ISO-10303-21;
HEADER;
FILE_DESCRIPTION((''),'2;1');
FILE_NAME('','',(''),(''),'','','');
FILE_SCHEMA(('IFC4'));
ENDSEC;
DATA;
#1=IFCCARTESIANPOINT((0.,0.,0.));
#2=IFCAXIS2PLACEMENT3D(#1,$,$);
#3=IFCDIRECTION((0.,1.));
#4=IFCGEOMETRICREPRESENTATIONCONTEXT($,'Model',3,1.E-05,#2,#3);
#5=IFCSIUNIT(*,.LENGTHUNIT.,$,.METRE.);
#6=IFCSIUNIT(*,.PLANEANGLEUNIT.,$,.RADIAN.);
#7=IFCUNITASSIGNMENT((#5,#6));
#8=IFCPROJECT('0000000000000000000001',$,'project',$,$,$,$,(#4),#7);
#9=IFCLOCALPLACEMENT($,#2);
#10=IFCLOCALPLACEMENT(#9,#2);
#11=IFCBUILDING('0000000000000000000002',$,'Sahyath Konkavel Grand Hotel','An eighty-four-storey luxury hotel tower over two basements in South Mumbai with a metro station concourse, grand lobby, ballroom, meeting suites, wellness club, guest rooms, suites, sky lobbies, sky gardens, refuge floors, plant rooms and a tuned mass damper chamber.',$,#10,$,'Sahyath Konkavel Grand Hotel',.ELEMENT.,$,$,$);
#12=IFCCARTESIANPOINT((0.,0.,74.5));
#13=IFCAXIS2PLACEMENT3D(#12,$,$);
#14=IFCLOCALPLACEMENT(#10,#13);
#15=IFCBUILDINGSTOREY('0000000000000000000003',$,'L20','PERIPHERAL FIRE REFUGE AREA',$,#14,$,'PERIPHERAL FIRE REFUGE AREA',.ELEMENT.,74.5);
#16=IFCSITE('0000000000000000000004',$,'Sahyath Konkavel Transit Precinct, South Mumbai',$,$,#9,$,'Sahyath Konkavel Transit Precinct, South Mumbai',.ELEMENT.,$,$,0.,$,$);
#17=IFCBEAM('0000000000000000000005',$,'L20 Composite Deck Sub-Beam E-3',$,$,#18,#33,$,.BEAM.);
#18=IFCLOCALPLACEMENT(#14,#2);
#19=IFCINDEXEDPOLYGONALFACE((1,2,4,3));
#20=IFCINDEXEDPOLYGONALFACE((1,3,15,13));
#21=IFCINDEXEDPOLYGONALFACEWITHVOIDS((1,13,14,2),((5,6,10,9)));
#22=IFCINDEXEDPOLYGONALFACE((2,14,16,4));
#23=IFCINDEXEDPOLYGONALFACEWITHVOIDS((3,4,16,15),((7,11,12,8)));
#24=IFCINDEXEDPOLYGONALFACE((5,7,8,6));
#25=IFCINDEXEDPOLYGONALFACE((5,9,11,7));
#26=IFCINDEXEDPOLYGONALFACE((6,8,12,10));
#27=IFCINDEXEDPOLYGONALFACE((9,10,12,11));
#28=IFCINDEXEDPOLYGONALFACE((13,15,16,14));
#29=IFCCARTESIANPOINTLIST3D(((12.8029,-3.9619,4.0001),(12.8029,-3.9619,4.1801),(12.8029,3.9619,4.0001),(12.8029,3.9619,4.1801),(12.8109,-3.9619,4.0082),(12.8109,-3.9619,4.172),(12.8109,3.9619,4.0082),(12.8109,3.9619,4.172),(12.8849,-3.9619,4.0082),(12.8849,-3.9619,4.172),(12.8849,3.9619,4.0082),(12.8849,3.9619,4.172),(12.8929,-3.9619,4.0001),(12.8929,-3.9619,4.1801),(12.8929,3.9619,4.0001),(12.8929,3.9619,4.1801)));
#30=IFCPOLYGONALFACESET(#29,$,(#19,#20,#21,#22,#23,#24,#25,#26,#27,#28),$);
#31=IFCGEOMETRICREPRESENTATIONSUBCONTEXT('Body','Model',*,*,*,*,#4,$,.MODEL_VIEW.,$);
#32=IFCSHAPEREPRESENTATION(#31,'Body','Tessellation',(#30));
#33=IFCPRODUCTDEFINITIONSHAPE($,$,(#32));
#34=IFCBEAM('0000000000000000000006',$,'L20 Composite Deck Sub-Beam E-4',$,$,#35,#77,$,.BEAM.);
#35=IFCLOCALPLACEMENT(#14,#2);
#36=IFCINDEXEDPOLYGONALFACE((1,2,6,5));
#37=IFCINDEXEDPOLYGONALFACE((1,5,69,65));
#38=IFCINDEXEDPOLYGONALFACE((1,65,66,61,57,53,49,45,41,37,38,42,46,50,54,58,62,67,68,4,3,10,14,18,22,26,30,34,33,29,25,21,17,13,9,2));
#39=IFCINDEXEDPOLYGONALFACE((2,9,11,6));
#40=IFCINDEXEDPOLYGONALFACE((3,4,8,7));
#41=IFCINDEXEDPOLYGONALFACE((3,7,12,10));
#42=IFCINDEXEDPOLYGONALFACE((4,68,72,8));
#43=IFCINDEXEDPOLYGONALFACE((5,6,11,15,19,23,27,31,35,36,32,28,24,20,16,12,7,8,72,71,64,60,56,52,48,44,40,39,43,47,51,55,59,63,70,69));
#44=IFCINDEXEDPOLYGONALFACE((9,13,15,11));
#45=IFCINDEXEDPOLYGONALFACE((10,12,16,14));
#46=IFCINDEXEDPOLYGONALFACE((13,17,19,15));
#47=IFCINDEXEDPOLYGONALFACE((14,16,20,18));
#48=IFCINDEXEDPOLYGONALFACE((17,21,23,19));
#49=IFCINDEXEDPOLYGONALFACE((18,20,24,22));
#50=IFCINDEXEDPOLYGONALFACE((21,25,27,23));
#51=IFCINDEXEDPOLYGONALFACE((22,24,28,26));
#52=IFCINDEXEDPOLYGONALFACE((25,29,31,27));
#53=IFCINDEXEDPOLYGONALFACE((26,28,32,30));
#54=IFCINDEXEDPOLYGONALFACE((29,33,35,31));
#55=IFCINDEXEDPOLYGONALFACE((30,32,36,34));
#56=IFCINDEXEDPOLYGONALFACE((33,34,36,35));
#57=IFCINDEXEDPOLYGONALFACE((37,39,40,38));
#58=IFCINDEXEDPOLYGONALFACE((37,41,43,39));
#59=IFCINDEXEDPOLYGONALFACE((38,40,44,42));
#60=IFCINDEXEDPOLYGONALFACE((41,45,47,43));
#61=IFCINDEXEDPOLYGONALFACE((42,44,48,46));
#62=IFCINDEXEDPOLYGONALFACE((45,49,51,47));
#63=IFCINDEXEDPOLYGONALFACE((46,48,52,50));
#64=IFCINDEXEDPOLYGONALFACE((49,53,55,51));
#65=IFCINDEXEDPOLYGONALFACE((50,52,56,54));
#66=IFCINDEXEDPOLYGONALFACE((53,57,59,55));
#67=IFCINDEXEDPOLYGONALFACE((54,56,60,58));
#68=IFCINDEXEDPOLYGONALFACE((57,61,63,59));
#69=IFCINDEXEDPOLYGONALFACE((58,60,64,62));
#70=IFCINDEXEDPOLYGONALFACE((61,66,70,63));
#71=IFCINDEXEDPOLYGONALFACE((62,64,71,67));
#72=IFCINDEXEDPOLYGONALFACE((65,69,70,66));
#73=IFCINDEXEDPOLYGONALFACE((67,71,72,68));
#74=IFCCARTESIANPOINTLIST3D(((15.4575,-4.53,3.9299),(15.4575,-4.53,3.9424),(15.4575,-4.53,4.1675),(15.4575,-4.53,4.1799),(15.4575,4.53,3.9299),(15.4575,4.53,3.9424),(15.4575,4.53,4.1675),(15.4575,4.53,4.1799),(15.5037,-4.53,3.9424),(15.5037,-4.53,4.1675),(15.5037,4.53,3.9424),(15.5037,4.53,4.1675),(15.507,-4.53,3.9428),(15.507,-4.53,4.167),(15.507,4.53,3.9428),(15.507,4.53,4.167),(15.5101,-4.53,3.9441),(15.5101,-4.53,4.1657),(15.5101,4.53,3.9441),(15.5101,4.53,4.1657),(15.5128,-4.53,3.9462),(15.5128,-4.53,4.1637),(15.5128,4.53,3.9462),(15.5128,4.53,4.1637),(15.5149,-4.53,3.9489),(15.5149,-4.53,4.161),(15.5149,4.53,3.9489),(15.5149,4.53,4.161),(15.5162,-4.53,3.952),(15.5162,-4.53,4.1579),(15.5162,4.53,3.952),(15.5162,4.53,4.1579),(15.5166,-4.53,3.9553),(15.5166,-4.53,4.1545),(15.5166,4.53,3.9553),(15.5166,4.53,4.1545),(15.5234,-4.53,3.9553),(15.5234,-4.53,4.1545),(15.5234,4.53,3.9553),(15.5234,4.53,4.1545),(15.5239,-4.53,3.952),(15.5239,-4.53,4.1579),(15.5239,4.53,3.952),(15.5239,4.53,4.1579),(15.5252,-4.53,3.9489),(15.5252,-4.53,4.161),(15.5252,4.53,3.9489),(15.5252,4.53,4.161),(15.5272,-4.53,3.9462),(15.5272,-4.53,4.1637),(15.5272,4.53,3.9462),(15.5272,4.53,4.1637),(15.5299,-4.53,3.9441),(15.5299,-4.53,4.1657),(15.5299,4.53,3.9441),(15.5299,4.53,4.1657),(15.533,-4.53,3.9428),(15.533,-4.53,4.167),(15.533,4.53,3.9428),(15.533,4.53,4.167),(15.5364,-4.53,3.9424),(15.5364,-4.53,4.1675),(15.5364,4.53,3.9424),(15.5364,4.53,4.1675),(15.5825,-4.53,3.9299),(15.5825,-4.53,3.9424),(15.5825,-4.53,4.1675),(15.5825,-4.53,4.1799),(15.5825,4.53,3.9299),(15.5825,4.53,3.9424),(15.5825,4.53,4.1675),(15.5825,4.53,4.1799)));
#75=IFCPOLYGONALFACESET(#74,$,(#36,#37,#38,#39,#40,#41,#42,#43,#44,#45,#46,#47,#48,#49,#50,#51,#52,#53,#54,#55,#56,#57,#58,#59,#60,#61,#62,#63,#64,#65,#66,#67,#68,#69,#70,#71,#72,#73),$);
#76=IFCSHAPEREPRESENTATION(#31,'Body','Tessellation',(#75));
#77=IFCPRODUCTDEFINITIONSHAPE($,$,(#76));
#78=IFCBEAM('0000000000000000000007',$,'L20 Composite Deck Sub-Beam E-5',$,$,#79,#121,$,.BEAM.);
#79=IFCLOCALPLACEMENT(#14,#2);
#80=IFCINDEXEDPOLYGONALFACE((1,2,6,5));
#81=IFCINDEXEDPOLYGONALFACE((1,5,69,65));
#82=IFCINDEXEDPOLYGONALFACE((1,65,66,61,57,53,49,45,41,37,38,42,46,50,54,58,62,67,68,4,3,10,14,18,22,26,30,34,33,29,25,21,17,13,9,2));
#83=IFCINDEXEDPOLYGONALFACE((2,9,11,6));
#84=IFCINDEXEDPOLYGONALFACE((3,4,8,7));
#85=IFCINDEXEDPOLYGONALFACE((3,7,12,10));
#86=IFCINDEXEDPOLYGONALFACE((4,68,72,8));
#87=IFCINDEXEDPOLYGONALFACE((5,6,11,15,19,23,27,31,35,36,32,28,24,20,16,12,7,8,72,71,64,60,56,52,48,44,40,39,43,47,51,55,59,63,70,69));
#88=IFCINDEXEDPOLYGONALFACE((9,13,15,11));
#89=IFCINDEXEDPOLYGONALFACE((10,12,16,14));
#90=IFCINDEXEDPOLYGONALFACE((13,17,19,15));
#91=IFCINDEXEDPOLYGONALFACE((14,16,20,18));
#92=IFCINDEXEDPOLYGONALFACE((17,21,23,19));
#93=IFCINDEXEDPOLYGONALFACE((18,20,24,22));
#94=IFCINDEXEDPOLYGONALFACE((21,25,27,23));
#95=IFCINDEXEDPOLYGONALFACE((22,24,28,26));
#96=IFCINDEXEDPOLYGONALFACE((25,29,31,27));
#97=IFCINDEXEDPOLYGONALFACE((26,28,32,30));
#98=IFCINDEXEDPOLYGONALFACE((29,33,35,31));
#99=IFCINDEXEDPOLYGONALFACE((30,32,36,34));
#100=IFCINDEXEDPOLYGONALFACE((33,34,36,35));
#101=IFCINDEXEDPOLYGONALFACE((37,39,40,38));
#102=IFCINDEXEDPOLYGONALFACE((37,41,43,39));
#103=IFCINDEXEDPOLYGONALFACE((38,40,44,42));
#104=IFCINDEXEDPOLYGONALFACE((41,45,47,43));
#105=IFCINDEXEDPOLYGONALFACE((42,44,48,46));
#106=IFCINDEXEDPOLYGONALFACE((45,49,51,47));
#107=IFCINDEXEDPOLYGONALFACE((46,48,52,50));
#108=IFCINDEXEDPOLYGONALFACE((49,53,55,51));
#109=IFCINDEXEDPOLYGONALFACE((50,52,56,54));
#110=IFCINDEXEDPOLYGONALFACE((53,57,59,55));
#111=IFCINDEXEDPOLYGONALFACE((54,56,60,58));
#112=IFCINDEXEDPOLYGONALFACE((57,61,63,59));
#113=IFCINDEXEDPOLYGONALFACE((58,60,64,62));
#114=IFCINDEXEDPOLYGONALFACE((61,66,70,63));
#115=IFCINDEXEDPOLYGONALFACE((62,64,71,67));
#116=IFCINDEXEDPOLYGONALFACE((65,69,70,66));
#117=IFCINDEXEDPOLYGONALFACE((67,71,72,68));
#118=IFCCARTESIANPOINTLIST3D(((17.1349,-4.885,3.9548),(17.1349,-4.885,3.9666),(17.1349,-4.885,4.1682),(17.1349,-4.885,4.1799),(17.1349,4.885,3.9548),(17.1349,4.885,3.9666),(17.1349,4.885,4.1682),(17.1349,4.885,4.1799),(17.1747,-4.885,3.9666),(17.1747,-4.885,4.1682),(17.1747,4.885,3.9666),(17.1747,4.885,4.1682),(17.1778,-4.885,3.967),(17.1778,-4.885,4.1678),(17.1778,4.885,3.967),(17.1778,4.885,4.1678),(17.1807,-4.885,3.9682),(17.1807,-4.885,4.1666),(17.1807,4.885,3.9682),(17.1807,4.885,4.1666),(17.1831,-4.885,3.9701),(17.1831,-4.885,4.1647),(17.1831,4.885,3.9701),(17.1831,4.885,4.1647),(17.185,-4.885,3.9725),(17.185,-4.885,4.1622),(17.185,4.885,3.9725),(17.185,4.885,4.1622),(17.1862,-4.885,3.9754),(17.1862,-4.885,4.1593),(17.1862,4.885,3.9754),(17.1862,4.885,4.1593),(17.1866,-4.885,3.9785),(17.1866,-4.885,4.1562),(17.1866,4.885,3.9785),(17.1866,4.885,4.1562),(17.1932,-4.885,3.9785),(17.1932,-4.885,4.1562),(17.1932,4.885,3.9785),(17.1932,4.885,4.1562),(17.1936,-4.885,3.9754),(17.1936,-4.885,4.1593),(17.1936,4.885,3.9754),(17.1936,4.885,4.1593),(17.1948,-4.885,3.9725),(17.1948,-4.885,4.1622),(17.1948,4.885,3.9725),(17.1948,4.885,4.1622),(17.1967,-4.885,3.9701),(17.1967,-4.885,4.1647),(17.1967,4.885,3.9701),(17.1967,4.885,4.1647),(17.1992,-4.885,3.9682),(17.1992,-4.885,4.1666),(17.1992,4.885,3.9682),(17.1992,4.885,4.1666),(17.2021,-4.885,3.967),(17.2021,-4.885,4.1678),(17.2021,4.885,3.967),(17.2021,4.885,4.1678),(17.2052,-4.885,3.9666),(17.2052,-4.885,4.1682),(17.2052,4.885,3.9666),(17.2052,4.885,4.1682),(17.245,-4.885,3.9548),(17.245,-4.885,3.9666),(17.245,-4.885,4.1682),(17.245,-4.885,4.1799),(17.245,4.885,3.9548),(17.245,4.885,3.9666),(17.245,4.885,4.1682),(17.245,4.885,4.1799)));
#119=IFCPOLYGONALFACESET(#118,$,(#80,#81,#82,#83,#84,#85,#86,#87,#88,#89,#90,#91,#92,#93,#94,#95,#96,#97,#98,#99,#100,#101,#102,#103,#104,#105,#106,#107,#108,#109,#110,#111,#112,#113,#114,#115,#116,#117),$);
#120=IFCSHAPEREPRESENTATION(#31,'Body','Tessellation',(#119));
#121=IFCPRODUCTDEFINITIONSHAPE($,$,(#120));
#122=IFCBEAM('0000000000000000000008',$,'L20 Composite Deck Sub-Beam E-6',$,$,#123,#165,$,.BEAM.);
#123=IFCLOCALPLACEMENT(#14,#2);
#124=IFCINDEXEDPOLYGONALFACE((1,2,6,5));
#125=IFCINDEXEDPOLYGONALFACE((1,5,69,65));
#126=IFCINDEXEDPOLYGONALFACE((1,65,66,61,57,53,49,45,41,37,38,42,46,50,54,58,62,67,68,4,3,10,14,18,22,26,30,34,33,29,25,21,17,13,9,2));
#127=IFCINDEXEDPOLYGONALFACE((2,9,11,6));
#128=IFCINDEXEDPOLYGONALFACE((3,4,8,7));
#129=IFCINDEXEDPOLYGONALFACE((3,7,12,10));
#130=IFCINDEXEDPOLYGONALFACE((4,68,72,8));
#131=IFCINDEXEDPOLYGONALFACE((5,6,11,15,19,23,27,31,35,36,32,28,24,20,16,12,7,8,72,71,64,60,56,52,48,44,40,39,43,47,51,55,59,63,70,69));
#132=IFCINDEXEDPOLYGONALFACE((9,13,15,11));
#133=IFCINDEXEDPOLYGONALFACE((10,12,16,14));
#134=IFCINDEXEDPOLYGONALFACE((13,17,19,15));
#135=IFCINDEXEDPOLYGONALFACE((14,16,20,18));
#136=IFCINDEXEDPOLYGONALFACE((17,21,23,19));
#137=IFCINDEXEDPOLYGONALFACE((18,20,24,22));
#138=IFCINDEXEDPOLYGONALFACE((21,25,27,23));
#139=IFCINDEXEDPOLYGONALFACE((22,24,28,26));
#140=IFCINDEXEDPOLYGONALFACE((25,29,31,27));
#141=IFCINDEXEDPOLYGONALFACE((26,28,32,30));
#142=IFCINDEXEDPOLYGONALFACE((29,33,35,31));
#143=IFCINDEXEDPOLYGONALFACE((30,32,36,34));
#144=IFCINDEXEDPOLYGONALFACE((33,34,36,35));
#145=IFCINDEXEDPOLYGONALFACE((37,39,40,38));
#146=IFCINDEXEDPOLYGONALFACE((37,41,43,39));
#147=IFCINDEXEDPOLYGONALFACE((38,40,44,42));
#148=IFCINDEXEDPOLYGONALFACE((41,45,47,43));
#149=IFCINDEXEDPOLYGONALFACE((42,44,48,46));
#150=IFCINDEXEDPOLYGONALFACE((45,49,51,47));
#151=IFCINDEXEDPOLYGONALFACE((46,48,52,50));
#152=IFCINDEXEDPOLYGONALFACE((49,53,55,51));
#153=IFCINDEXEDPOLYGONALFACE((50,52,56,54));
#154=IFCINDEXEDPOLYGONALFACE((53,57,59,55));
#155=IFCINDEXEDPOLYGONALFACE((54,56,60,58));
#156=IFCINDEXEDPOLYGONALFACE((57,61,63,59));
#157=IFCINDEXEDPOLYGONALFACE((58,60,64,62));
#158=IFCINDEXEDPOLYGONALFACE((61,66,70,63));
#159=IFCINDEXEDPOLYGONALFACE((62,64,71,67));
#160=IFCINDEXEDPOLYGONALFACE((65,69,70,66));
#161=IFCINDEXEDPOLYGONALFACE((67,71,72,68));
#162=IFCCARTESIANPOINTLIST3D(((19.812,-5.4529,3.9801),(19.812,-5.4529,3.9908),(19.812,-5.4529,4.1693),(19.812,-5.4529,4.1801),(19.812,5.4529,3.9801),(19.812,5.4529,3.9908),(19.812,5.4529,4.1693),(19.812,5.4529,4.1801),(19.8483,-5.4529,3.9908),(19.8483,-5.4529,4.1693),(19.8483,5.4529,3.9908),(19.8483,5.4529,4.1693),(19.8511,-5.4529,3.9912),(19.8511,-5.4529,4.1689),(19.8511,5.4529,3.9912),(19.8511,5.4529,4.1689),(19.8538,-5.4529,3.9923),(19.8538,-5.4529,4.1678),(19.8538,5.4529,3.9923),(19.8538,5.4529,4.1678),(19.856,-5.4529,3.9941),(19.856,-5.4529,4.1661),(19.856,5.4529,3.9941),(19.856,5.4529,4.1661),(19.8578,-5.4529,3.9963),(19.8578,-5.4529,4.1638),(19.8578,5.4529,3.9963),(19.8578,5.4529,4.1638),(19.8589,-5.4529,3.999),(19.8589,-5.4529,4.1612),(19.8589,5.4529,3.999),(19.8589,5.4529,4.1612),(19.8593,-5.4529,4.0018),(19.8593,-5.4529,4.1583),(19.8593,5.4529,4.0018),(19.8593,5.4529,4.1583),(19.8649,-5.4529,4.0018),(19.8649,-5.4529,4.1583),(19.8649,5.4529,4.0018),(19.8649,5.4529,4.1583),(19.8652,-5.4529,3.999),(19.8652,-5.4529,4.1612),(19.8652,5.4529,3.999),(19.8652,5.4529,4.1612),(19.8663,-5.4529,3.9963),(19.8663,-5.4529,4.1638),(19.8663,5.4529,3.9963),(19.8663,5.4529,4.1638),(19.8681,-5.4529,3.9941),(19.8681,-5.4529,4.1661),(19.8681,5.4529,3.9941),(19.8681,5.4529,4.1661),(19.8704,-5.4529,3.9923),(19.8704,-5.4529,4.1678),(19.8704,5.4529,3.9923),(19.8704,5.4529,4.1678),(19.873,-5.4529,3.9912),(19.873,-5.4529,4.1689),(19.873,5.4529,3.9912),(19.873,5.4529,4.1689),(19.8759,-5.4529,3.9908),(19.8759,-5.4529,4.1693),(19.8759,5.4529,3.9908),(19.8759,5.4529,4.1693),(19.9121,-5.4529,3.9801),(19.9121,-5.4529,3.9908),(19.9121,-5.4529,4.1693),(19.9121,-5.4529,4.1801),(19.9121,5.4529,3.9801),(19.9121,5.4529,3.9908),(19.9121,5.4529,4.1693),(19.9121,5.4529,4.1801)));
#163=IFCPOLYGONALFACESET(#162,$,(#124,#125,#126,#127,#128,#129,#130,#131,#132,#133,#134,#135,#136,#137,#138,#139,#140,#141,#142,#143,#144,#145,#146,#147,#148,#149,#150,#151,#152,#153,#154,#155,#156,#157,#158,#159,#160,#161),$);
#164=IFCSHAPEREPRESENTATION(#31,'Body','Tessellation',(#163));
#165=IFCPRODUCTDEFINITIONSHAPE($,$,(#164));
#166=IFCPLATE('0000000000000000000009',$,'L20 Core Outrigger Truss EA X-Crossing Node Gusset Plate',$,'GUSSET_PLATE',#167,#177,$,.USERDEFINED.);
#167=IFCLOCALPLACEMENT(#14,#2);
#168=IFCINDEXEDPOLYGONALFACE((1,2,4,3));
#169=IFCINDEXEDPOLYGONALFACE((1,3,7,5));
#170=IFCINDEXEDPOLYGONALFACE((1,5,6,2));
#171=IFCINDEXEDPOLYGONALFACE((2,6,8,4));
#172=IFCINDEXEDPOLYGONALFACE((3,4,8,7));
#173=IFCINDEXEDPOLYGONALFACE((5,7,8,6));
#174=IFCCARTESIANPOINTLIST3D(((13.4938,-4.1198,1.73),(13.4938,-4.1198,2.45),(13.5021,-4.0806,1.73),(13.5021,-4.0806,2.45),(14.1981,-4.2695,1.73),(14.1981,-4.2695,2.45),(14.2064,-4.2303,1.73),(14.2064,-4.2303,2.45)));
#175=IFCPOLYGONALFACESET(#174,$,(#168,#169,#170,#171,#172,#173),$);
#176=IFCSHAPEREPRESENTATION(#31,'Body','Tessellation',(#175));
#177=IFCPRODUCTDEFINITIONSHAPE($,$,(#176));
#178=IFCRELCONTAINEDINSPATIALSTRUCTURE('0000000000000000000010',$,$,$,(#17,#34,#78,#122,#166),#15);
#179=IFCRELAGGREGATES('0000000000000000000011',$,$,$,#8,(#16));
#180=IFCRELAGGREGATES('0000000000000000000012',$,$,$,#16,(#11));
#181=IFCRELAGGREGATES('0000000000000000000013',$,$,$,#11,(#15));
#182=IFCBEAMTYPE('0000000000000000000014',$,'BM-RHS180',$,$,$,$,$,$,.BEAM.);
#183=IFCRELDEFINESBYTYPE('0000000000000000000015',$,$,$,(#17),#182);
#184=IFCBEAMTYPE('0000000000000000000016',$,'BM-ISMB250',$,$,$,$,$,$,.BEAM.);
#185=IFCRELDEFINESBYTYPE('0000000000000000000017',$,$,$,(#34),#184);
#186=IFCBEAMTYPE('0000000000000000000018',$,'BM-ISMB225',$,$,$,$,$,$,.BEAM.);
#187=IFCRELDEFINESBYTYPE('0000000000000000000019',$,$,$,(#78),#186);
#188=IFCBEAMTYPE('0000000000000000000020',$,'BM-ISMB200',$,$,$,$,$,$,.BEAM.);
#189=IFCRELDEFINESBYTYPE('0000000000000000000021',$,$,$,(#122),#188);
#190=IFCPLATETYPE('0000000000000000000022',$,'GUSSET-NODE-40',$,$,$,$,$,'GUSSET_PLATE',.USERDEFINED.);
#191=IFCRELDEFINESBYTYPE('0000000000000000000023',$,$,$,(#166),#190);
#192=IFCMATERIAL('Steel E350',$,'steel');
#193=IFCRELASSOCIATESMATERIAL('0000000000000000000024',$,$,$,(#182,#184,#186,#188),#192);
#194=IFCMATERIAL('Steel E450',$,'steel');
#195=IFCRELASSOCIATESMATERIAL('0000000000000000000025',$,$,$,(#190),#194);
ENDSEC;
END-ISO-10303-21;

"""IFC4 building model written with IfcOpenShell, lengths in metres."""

from ifc_helpers import new_model, si_unit, direction, frame, origin, origin_2d, place, context, subcontext, project, spatial, rectangle, hollow_rectangle, i_section, extrude, source, transform, mapped, material, material_profile, profile_set, type_object, element, save


model = new_model("IFC4")

# Units and contexts
model_context = context("Model", 3, precision=1e-05, world=origin(), true_north=direction((0.0, 1.0)))
body_context = subcontext(model_context, "Body", "Model", "MODEL_VIEW")
ifc_project = project(units=[si_unit("LENGTHUNIT", "METRE"), si_unit("PLANEANGLEUNIT", "RADIAN")], contexts=[model_context])

# Site, building, storey
site_placement = place(None, origin())
site = spatial("IfcSite", under=ifc_project, at=site_placement, Name="Sahyath Konkavel Transit Precinct, South Mumbai", LongName="Sahyath Konkavel Transit Precinct, South Mumbai", CompositionType="ELEMENT", RefElevation=0.0)
building_placement = place(site_placement, origin())
building = spatial("IfcBuilding", under=site, at=building_placement, Name="Sahyath Konkavel Grand Hotel", Description="An eighty-four-storey luxury hotel tower over two basements in South Mumbai with a metro station concourse, grand lobby, ballroom, meeting suites, wellness club, guest rooms, suites, sky lobbies, sky gardens, refuge floors, plant rooms and a tuned mass damper chamber.", LongName="Sahyath Konkavel Grand Hotel", CompositionType="ELEMENT")
storey_placement = place(building_placement, frame((0.0, 0.0, 74.5)))
storey = spatial("IfcBuildingStorey", under=building, at=storey_placement, Name="L20", Description="PERIPHERAL FIRE REFUGE AREA", LongName="PERIPHERAL FIRE REFUGE AREA", CompositionType="ELEMENT", Elevation=74.5)

# Shared definitions
ifc_material_1 = material(Name="Steel E350", Category="steel")
ifc_material_2 = material(Name="Steel E450", Category="steel")

# Beams
ifc_material_profile_1 = material_profile(ifc_material_1, hollow_rectangle(XDim=0.0901, YDim=0.1799, WallThickness=0.0081, at=origin_2d()), Name="RHS 180x90x8")
ifc_profile_set_1 = profile_set([ifc_material_profile_1], Name="Steel E350")
beam_type_1 = type_object("IfcBeamType", Name="BM-RHS180", PredefinedType="BEAM", material=ifc_profile_set_1)
shared_shape_1 = source(origin(), body_context, "Body", "SweptSolid", [
    extrude(hollow_rectangle(XDim=0.0901, YDim=0.1799, WallThickness=0.0081, at=origin_2d()), origin(), (0.0, 0.0, 1.0), 7.9238),
])
beam_1_placement = place(storey_placement, frame((12.8479, -3.9619, 4.0901), z_axis=(0.0, 1.0, 0.0), x_axis=(-1.0, 0.0, 0.0)))
element("IfcBeam", 1, at=beam_1_placement, inside=storey, type_object=beam_type_1, Name="L20 Composite Deck Sub-Beam E-3", PredefinedType="BEAM", context=body_context, shape_type="MappedRepresentation", body=[
    mapped(shared_shape_1, transform((0.0, 0.0, 0.0), scale=1.0)),
])
ifc_material_profile_2 = material_profile(ifc_material_1, i_section(OverallWidth=0.125, OverallDepth=0.25, WebThickness=0.0068, FlangeThickness=0.0125, FilletRadius=0.0129, at=origin_2d()), Name="ISMB 250")
ifc_profile_set_2 = profile_set([ifc_material_profile_2], Name="Steel E350")
beam_type_2 = type_object("IfcBeamType", Name="BM-ISMB250", PredefinedType="BEAM", material=ifc_profile_set_2)
shared_shape_2 = source(origin(), body_context, "Body", "SweptSolid", [
    extrude(i_section(OverallWidth=0.125, OverallDepth=0.25, WebThickness=0.0068, FlangeThickness=0.0125, FilletRadius=0.0129, at=origin_2d()), origin(), (0.0, 0.0, 1.0), 9.0601),
])
beam_2_placement = place(storey_placement, frame((15.52, -4.53, 4.0549), z_axis=(0.0, 1.0, 0.0), x_axis=(-1.0, 0.0, 0.0)))
element("IfcBeam", 2, at=beam_2_placement, inside=storey, type_object=beam_type_2, Name="L20 Composite Deck Sub-Beam E-4", PredefinedType="BEAM", context=body_context, shape_type="MappedRepresentation", body=[
    mapped(shared_shape_2, transform((0.0, 0.0, 0.0), scale=1.0)),
])
ifc_material_profile_3 = material_profile(ifc_material_1, i_section(OverallWidth=0.1101, OverallDepth=0.2251, WebThickness=0.0066, FlangeThickness=0.0117, FilletRadius=0.012, at=origin_2d()), Name="ISMB 225")
ifc_profile_set_3 = profile_set([ifc_material_profile_3], Name="Steel E350")
beam_type_3 = type_object("IfcBeamType", Name="BM-ISMB225", PredefinedType="BEAM", material=ifc_profile_set_3)
shared_shape_3 = source(origin(), body_context, "Body", "SweptSolid", [
    extrude(i_section(OverallWidth=0.1101, OverallDepth=0.2251, WebThickness=0.0066, FlangeThickness=0.0117, FilletRadius=0.012, at=origin_2d()), origin(), (0.0, 0.0, 1.0), 9.77),
])
beam_3_placement = place(storey_placement, frame((17.1899, -4.885, 4.0674), z_axis=(0.0, 1.0, 0.0), x_axis=(-1.0, 0.0, 0.0)))
element("IfcBeam", 3, at=beam_3_placement, inside=storey, type_object=beam_type_3, Name="L20 Composite Deck Sub-Beam E-5", PredefinedType="BEAM", context=body_context, shape_type="MappedRepresentation", body=[
    mapped(shared_shape_3, transform((0.0, 0.0, 0.0), scale=1.0)),
])
ifc_material_profile_4 = material_profile(ifc_material_1, i_section(OverallWidth=0.1001, OverallDepth=0.2, WebThickness=0.0056, FlangeThickness=0.0107, FilletRadius=0.011, at=origin_2d()), Name="ISMB 200")
ifc_profile_set_4 = profile_set([ifc_material_profile_4], Name="Steel E350")
beam_type_4 = type_object("IfcBeamType", Name="BM-ISMB200", PredefinedType="BEAM", material=ifc_profile_set_4)
shared_shape_4 = source(origin(), body_context, "Body", "SweptSolid", [
    extrude(i_section(OverallWidth=0.1001, OverallDepth=0.2, WebThickness=0.0056, FlangeThickness=0.0107, FilletRadius=0.011, at=origin_2d()), origin(), (0.0, 0.0, 1.0), 10.9058),
])
beam_4_placement = place(storey_placement, frame((19.8621, -5.4529, 4.0801), z_axis=(0.0, 1.0, 0.0), x_axis=(-1.0, 0.0, 0.0)))
element("IfcBeam", 4, at=beam_4_placement, inside=storey, type_object=beam_type_4, Name="L20 Composite Deck Sub-Beam E-6", PredefinedType="BEAM", context=body_context, shape_type="MappedRepresentation", body=[
    mapped(shared_shape_4, transform((0.0, 0.0, 0.0), scale=1.0)),
])

# Plate
plate_type_1 = type_object("IfcPlateType", Name="GUSSET-NODE-40", ElementType="GUSSET_PLATE", PredefinedType="USERDEFINED", material=ifc_material_2)
shared_shape_5 = source(origin(), body_context, "Body", "SweptSolid", [
    extrude(rectangle(XDim=0.72, YDim=0.04, at=origin_2d()), origin(), (0.0, 0.0, 1.0), 0.72),
])
plate_1_placement = place(storey_placement, frame((13.8501, -4.175, 1.73), z_axis=(0.0, 0.0, 1.0), x_axis=(0.978144, -0.207929, 0.0)))
element("IfcPlate", 5, at=plate_1_placement, inside=storey, type_object=plate_type_1, Name="L20 Core Outrigger Truss EA X-Crossing Node Gusset Plate", ObjectType="GUSSET_PLATE", PredefinedType="USERDEFINED", context=body_context, shape_type="MappedRepresentation", body=[
    mapped(shared_shape_5, transform((0.0, 0.0, 0.0), scale=1.0)),
])

save(model, "model.ifc")
